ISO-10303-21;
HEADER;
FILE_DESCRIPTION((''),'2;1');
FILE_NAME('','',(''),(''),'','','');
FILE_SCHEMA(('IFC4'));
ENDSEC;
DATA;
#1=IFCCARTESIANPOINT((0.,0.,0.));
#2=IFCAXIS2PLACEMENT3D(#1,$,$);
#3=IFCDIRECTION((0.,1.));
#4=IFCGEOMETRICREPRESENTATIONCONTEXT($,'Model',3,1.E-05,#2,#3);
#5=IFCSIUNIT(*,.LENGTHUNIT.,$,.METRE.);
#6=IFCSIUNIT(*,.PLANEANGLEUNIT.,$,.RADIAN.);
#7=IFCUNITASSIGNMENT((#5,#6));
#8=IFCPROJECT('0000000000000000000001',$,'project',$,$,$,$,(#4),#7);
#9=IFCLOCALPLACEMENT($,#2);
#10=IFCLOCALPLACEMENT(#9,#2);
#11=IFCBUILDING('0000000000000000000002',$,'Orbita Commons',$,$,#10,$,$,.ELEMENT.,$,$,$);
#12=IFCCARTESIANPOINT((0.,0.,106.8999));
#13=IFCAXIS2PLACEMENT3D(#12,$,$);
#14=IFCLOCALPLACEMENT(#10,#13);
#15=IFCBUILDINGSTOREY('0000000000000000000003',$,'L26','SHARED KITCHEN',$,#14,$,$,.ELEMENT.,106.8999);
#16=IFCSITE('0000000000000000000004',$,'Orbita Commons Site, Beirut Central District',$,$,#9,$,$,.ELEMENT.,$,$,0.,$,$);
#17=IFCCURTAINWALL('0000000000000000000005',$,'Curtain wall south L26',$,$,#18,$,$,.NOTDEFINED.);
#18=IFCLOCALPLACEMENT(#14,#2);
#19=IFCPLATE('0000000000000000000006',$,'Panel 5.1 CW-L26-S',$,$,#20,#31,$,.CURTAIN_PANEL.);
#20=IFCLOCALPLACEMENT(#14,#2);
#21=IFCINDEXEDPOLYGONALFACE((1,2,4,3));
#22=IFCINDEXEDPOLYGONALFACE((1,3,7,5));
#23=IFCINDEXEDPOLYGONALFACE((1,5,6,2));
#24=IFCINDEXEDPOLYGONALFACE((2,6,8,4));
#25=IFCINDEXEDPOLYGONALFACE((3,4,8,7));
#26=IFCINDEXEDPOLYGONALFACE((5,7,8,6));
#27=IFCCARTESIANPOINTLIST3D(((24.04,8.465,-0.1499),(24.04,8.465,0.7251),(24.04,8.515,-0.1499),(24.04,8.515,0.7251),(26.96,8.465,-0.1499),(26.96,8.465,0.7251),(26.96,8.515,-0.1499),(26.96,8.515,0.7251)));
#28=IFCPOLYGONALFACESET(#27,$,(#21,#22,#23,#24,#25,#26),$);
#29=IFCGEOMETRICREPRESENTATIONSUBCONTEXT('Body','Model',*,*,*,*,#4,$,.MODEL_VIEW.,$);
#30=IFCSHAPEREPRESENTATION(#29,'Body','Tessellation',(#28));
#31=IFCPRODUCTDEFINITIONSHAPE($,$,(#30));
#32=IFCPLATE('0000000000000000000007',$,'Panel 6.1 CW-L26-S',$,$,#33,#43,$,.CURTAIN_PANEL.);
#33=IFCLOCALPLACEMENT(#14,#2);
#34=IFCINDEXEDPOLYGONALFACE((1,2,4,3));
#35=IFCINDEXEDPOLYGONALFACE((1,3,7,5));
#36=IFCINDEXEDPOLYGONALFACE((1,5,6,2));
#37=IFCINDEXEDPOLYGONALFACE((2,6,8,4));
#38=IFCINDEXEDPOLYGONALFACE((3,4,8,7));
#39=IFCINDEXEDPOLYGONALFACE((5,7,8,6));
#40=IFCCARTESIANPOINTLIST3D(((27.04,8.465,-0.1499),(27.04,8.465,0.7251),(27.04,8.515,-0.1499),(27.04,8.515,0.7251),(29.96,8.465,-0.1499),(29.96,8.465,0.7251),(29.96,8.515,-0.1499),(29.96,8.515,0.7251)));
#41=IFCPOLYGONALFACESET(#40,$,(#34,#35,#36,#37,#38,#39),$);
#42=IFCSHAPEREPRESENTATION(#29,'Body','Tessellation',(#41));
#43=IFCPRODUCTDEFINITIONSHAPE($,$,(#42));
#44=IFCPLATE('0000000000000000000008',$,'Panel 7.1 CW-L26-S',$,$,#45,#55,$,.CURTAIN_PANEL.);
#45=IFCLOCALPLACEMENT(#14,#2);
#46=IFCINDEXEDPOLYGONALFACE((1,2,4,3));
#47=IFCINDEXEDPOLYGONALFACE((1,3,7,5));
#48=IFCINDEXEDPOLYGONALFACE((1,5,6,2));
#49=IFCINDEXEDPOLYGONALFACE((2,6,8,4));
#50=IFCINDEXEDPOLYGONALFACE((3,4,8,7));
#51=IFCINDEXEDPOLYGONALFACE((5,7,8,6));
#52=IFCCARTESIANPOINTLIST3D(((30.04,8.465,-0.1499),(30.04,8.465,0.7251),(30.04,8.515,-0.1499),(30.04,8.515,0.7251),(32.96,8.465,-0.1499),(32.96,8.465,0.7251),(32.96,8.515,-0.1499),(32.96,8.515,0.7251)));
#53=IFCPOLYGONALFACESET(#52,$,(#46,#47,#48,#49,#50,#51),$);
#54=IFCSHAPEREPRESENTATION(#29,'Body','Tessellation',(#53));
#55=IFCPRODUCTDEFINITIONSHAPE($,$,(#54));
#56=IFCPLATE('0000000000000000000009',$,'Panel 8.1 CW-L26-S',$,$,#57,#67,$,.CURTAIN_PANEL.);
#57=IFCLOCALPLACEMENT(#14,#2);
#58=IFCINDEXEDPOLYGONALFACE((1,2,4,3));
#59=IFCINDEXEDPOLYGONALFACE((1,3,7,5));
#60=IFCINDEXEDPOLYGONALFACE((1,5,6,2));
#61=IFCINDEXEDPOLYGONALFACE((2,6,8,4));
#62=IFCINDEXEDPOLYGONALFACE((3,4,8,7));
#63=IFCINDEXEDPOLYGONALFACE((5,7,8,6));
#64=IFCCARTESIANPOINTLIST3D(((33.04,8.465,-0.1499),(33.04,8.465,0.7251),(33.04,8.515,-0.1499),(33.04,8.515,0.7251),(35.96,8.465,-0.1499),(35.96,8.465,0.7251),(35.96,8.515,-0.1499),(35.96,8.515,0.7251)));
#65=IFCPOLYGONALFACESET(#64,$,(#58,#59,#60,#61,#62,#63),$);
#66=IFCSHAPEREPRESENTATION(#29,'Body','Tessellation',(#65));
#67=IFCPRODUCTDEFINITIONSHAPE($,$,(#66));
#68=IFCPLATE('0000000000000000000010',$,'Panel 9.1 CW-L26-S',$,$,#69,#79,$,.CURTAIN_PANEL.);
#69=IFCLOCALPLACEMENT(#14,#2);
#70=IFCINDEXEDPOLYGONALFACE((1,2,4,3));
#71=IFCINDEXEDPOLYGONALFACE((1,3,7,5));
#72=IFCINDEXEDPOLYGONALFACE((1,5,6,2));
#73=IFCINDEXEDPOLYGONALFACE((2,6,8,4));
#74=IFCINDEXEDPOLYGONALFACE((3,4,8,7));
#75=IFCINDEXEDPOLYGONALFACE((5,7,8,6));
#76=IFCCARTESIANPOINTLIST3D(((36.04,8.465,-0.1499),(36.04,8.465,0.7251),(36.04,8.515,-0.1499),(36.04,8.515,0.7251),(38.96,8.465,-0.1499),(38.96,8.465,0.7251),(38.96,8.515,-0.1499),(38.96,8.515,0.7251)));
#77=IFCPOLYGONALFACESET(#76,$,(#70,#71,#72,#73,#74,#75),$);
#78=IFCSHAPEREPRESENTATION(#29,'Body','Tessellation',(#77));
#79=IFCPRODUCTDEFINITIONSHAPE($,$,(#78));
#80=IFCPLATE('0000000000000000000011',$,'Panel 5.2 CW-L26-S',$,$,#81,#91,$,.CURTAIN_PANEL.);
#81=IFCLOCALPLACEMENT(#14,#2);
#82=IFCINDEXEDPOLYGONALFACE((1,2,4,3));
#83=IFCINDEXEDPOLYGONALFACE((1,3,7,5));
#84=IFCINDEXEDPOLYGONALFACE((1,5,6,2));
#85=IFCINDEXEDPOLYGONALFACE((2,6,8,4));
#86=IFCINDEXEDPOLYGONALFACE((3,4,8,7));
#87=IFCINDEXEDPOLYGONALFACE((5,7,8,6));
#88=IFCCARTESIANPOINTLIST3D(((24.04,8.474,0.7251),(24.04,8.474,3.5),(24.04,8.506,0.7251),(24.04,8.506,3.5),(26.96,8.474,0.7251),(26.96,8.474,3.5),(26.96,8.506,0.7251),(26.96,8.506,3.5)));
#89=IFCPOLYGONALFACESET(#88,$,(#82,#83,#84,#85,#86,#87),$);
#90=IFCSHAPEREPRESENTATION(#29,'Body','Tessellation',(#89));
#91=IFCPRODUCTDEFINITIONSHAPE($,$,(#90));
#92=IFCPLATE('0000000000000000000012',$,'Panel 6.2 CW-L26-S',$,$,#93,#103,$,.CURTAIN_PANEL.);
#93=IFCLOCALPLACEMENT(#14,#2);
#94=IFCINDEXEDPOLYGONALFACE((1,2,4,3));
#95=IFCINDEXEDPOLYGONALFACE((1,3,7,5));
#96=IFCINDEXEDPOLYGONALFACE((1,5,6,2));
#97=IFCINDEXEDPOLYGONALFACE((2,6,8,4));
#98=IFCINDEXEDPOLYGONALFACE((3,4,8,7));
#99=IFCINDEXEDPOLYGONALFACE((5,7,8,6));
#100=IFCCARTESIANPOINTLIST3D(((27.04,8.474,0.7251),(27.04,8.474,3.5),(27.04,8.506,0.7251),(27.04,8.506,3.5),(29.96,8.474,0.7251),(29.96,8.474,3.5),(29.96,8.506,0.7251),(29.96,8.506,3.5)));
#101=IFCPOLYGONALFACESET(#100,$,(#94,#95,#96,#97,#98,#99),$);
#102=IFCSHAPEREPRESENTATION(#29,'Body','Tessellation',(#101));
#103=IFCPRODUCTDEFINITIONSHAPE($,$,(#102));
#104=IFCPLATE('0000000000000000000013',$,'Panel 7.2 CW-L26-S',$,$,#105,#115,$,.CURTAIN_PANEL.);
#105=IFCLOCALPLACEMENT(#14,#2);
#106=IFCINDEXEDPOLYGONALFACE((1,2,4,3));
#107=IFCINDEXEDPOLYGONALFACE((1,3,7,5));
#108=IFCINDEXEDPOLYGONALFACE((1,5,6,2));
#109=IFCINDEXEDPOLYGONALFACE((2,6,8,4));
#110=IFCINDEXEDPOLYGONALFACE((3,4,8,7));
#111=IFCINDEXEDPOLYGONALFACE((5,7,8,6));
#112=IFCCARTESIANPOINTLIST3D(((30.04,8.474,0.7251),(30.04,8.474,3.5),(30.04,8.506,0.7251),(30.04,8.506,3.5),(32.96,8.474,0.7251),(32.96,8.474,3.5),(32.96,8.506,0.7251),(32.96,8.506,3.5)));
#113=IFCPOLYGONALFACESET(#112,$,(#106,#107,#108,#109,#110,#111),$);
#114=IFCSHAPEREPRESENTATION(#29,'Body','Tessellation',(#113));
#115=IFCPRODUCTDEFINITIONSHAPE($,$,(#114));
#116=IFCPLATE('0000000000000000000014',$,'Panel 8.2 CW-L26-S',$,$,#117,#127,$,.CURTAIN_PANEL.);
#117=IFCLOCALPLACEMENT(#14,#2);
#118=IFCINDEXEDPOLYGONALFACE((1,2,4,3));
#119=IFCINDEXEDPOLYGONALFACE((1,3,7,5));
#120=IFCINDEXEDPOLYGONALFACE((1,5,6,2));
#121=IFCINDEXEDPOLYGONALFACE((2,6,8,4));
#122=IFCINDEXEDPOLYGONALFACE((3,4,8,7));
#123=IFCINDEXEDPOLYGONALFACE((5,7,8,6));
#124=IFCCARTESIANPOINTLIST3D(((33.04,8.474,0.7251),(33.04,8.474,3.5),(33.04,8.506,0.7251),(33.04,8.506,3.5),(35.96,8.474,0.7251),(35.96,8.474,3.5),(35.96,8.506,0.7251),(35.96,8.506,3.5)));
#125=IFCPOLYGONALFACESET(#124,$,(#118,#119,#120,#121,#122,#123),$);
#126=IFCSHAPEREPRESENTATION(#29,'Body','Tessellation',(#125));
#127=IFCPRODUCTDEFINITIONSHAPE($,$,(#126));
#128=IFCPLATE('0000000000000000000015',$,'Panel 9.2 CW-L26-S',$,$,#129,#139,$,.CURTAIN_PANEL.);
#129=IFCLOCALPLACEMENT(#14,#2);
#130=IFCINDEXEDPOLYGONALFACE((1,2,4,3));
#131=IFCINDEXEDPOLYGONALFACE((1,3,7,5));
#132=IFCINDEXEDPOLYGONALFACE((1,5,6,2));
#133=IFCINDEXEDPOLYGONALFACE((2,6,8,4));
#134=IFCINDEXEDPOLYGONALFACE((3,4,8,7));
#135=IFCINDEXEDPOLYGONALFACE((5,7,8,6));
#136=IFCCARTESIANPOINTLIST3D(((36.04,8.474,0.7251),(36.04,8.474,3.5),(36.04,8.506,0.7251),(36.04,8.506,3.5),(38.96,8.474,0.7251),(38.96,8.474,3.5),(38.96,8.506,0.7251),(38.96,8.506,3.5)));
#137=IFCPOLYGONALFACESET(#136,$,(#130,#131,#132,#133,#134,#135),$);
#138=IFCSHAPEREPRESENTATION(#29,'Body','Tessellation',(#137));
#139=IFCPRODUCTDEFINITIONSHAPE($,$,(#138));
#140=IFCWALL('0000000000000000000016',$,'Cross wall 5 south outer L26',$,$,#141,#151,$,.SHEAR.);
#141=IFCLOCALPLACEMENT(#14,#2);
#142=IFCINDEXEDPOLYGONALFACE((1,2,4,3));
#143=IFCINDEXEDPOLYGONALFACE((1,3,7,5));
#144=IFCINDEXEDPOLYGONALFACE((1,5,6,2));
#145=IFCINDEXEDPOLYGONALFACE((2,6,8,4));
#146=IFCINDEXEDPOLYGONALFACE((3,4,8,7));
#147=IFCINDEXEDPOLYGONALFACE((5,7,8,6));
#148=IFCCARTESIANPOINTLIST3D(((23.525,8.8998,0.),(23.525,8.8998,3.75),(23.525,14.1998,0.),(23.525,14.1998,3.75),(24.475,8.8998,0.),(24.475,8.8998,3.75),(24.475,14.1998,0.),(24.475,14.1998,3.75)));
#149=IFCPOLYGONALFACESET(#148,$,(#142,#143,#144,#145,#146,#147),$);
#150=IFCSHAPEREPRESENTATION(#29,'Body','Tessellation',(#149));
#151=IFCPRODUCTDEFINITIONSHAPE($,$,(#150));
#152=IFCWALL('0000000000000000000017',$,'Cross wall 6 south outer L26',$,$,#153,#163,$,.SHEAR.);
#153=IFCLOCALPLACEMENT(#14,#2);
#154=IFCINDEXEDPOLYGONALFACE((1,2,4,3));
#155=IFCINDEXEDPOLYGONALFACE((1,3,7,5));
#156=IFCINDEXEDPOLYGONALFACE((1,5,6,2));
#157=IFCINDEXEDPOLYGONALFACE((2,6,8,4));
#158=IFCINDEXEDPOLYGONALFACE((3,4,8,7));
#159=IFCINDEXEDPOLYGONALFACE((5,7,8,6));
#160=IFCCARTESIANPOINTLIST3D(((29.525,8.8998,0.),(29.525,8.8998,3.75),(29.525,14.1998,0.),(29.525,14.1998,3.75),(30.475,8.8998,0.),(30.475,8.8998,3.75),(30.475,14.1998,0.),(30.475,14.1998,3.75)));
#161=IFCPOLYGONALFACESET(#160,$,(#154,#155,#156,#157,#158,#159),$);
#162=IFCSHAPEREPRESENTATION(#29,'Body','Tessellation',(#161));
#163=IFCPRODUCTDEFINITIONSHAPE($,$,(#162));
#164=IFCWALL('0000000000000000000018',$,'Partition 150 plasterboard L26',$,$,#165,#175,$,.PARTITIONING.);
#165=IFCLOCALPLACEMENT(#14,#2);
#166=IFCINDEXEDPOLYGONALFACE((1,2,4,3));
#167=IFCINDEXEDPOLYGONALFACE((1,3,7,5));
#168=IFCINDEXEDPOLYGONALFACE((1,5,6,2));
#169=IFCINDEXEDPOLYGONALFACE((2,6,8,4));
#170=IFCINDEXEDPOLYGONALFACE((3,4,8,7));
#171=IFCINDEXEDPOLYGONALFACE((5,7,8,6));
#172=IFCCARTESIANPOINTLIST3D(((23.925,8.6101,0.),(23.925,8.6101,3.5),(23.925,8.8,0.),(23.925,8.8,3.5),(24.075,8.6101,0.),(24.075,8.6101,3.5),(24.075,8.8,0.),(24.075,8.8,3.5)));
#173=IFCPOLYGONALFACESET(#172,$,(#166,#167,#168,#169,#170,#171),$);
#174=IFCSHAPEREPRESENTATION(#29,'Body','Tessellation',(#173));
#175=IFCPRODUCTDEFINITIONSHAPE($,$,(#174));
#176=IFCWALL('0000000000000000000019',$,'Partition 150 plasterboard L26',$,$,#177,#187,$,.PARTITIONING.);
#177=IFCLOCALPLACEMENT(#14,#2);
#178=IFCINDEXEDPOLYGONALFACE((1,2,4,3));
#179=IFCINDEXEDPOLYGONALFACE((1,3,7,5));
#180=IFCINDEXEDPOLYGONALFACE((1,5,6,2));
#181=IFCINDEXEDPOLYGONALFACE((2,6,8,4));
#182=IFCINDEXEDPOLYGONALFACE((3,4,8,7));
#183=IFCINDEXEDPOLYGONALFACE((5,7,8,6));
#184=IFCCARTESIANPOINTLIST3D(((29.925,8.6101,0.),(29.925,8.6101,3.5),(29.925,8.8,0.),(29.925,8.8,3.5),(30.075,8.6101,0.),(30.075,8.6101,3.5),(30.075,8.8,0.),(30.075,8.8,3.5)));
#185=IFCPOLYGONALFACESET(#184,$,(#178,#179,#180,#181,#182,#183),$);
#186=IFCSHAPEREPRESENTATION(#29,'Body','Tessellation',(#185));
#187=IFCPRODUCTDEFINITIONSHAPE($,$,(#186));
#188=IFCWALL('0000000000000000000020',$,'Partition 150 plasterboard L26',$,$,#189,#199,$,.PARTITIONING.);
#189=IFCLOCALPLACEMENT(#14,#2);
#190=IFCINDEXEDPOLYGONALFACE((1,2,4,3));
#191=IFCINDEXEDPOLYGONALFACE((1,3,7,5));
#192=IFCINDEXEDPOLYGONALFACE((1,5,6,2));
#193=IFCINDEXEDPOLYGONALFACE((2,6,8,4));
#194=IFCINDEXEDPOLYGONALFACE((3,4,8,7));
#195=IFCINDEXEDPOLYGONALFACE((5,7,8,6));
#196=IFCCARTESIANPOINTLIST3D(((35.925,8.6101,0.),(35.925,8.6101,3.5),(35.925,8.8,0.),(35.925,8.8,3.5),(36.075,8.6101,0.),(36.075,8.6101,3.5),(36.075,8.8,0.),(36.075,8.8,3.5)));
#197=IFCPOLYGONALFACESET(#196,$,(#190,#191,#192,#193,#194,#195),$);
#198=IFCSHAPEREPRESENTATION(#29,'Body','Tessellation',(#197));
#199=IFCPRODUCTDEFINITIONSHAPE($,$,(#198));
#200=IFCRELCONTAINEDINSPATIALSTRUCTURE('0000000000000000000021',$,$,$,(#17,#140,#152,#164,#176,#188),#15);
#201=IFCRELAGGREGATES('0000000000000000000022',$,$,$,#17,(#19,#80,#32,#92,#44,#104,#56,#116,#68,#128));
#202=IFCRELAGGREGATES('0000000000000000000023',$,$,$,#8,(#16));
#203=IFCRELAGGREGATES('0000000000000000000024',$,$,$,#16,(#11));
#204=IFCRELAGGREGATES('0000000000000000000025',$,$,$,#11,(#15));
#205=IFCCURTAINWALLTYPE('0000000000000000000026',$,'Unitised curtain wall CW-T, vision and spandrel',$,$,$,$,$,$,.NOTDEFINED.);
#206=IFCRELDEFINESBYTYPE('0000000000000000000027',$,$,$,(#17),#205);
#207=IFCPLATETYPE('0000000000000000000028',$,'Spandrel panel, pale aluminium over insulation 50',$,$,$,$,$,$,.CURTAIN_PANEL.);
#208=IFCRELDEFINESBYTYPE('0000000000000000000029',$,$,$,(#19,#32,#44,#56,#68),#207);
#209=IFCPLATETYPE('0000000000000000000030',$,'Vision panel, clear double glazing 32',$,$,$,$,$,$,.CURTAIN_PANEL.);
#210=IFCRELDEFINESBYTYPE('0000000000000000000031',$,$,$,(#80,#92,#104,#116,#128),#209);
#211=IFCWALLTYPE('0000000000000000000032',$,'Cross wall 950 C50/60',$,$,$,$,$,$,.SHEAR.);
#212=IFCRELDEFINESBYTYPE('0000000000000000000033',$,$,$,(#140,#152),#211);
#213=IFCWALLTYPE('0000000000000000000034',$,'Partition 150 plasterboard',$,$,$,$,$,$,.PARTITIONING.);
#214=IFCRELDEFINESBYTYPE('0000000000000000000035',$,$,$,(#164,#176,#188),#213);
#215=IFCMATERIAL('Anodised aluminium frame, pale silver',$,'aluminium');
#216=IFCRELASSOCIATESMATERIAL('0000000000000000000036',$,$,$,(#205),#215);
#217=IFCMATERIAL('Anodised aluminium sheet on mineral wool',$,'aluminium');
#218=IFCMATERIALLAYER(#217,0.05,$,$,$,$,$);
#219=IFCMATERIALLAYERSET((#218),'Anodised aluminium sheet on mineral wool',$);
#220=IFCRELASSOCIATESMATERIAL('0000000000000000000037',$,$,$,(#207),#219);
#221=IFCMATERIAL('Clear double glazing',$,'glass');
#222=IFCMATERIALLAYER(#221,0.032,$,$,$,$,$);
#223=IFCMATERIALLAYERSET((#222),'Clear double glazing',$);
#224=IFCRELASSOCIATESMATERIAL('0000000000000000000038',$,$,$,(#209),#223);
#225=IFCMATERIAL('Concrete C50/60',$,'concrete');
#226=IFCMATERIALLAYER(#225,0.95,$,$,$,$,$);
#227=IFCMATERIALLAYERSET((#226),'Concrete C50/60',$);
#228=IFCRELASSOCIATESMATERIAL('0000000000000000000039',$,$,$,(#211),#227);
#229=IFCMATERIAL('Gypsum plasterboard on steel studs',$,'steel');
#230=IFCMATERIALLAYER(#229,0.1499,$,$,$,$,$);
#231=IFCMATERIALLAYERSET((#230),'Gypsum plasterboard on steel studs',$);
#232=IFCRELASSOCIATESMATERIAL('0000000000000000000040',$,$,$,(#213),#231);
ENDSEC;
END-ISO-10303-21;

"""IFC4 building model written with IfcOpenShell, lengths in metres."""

from ifc_helpers import new_model, si_unit, direction, frame, frame_2d, origin, origin_2d, place, context, subcontext, project, spatial, rectangle, extrude, material, layer, layer_set, type_object, element, aggregate, save


model = new_model("IFC4")

# Units and contexts
model_context = context("Model", 3, precision=1e-05, world=origin(), true_north=direction((0.0, 1.0)))
body_context = subcontext(model_context, "Body", "Model", "MODEL_VIEW")
ifc_project = project(units=[si_unit("LENGTHUNIT", "METRE"), si_unit("PLANEANGLEUNIT", "RADIAN")], contexts=[model_context])

# Site, building, storey
site_placement = place(None, origin())
site = spatial("IfcSite", under=ifc_project, at=site_placement, Name="Orbita Commons Site, Beirut Central District", CompositionType="ELEMENT", RefElevation=0.0)
building_placement = place(site_placement, origin())
building = spatial("IfcBuilding", under=site, at=building_placement, Name="Orbita Commons", CompositionType="ELEMENT")
storey_placement = place(building_placement, frame((0.0, 0.0, 106.8999)))
storey = spatial("IfcBuildingStorey", under=building, at=storey_placement, Name="L26", Description="SHARED KITCHEN", CompositionType="ELEMENT", Elevation=106.8999)

# Curtain wall, plates
ifc_material_1 = material(Name="Anodised aluminium frame, pale silver", Category="aluminium")
curtain_wall_type = type_object("IfcCurtainWallType", Name="Unitised curtain wall CW-T, vision and spandrel", PredefinedType="NOTDEFINED", material=ifc_material_1)
curtain_wall_placement = place(storey_placement, origin())
curtain_wall = element("IfcCurtainWall", 1, at=curtain_wall_placement, inside=storey, type_object=curtain_wall_type, Name="Curtain wall south L26", PredefinedType="NOTDEFINED")
ifc_material_2 = material(Name="Anodised aluminium sheet on mineral wool", Category="aluminium")
ifc_layer_1 = layer(ifc_material_2, 0.05)
ifc_layer_set_1 = layer_set([ifc_layer_1], Name="Anodised aluminium sheet on mineral wool")
plate_type_1 = type_object("IfcPlateType", Name="Spandrel panel, pale aluminium over insulation 50", PredefinedType="CURTAIN_PANEL", material=ifc_layer_set_1)
plate_1_placement = place(storey_placement, frame((25.5, 8.49, -0.1499), z_axis=(0.0, 0.0, 1.0), x_axis=(1.0, 0.0, 0.0)))
plate_1 = element("IfcPlate", 2, at=plate_1_placement, type_object=plate_type_1, Name="Panel 5.1 CW-L26-S", PredefinedType="CURTAIN_PANEL", context=body_context, shape_type="SweptSolid", body=[
    extrude(rectangle(XDim=2.9199, YDim=0.05, at=origin_2d()), origin(), (0.0, 0.0, 1.0), 0.875),
])
plate_2_placement = place(storey_placement, frame((28.5, 8.49, -0.1499), z_axis=(0.0, 0.0, 1.0), x_axis=(1.0, 0.0, 0.0)))
plate_2 = element("IfcPlate", 3, at=plate_2_placement, type_object=plate_type_1, Name="Panel 6.1 CW-L26-S", PredefinedType="CURTAIN_PANEL", context=body_context, shape_type="SweptSolid", body=[
    extrude(rectangle(XDim=2.9199, YDim=0.05, at=origin_2d()), origin(), (0.0, 0.0, 1.0), 0.875),
])
plate_3_placement = place(storey_placement, frame((31.5, 8.49, -0.1499), z_axis=(0.0, 0.0, 1.0), x_axis=(1.0, 0.0, 0.0)))
plate_3 = element("IfcPlate", 4, at=plate_3_placement, type_object=plate_type_1, Name="Panel 7.1 CW-L26-S", PredefinedType="CURTAIN_PANEL", context=body_context, shape_type="SweptSolid", body=[
    extrude(rectangle(XDim=2.9199, YDim=0.05, at=origin_2d()), origin(), (0.0, 0.0, 1.0), 0.875),
])
plate_4_placement = place(storey_placement, frame((34.5, 8.49, -0.1499), z_axis=(0.0, 0.0, 1.0), x_axis=(1.0, 0.0, 0.0)))
plate_4 = element("IfcPlate", 5, at=plate_4_placement, type_object=plate_type_1, Name="Panel 8.1 CW-L26-S", PredefinedType="CURTAIN_PANEL", context=body_context, shape_type="SweptSolid", body=[
    extrude(rectangle(XDim=2.9199, YDim=0.05, at=origin_2d()), origin(), (0.0, 0.0, 1.0), 0.875),
])
plate_5_placement = place(storey_placement, frame((37.5, 8.49, -0.1499), z_axis=(0.0, 0.0, 1.0), x_axis=(1.0, 0.0, 0.0)))
plate_5 = element("IfcPlate", 6, at=plate_5_placement, type_object=plate_type_1, Name="Panel 9.1 CW-L26-S", PredefinedType="CURTAIN_PANEL", context=body_context, shape_type="SweptSolid", body=[
    extrude(rectangle(XDim=2.9199, YDim=0.05, at=origin_2d()), origin(), (0.0, 0.0, 1.0), 0.875),
])
ifc_material_3 = material(Name="Clear double glazing", Category="glass")
ifc_layer_2 = layer(ifc_material_3, 0.032)
ifc_layer_set_2 = layer_set([ifc_layer_2], Name="Clear double glazing")
plate_type_2 = type_object("IfcPlateType", Name="Vision panel, clear double glazing 32", PredefinedType="CURTAIN_PANEL", material=ifc_layer_set_2)
plate_6_placement = place(storey_placement, frame((25.5, 8.49, 0.7251), z_axis=(0.0, 0.0, 1.0), x_axis=(1.0, 0.0, 0.0)))
plate_6 = element("IfcPlate", 7, at=plate_6_placement, type_object=plate_type_2, Name="Panel 5.2 CW-L26-S", PredefinedType="CURTAIN_PANEL", context=body_context, shape_type="SweptSolid", body=[
    extrude(rectangle(XDim=2.9199, YDim=0.032, at=origin_2d()), origin(), (0.0, 0.0, 1.0), 2.7749),
])
plate_7_placement = place(storey_placement, frame((28.5, 8.49, 0.7251), z_axis=(0.0, 0.0, 1.0), x_axis=(1.0, 0.0, 0.0)))
plate_7 = element("IfcPlate", 8, at=plate_7_placement, type_object=plate_type_2, Name="Panel 6.2 CW-L26-S", PredefinedType="CURTAIN_PANEL", context=body_context, shape_type="SweptSolid", body=[
    extrude(rectangle(XDim=2.9199, YDim=0.032, at=origin_2d()), origin(), (0.0, 0.0, 1.0), 2.7749),
])
plate_8_placement = place(storey_placement, frame((31.5, 8.49, 0.7251), z_axis=(0.0, 0.0, 1.0), x_axis=(1.0, 0.0, 0.0)))
plate_8 = element("IfcPlate", 9, at=plate_8_placement, type_object=plate_type_2, Name="Panel 7.2 CW-L26-S", PredefinedType="CURTAIN_PANEL", context=body_context, shape_type="SweptSolid", body=[
    extrude(rectangle(XDim=2.9199, YDim=0.032, at=origin_2d()), origin(), (0.0, 0.0, 1.0), 2.7749),
])
plate_9_placement = place(storey_placement, frame((34.5, 8.49, 0.7251), z_axis=(0.0, 0.0, 1.0), x_axis=(1.0, 0.0, 0.0)))
plate_9 = element("IfcPlate", 10, at=plate_9_placement, type_object=plate_type_2, Name="Panel 8.2 CW-L26-S", PredefinedType="CURTAIN_PANEL", context=body_context, shape_type="SweptSolid", body=[
    extrude(rectangle(XDim=2.9199, YDim=0.032, at=origin_2d()), origin(), (0.0, 0.0, 1.0), 2.7749),
])
plate_10_placement = place(storey_placement, frame((37.5, 8.49, 0.7251), z_axis=(0.0, 0.0, 1.0), x_axis=(1.0, 0.0, 0.0)))
plate_10 = element("IfcPlate", 11, at=plate_10_placement, type_object=plate_type_2, Name="Panel 9.2 CW-L26-S", PredefinedType="CURTAIN_PANEL", context=body_context, shape_type="SweptSolid", body=[
    extrude(rectangle(XDim=2.9199, YDim=0.032, at=origin_2d()), origin(), (0.0, 0.0, 1.0), 2.7749),
])
aggregate(curtain_wall, [plate_1, plate_6, plate_2, plate_7, plate_3, plate_8, plate_4, plate_9, plate_5, plate_10])

# Walls
ifc_material_4 = material(Name="Concrete C50/60", Category="concrete")
ifc_layer_3 = layer(ifc_material_4, 0.95)
ifc_layer_set_3 = layer_set([ifc_layer_3], Name="Concrete C50/60")
wall_type_1 = type_object("IfcWallType", Name="Cross wall 950 C50/60", PredefinedType="SHEAR", material=ifc_layer_set_3)
for number, where, z_axis, x_axis, name in (
    (12, (24.0, 8.8999, 0.0), (0.0, 0.0, 1.0), (0.0, 1.0, 0.0), "Cross wall 5 south outer L26"),
    (13, (30.0, 8.8999, 0.0), (0.0, 0.0, 1.0), (0.0, 1.0, 0.0), "Cross wall 6 south outer L26"),
):
    element("IfcWall", number, at=place(storey_placement, frame(where, z_axis=z_axis, x_axis=x_axis)), inside=storey, type_object=wall_type_1, Name=name, PredefinedType="SHEAR", context=body_context, shape_type="SweptSolid", body=[
        extrude(rectangle(XDim=5.3, YDim=0.95, at=frame_2d((2.6499, 0.0))), origin(), (0.0, 0.0, 1.0), 3.75),
    ])
ifc_material_5 = material(Name="Gypsum plasterboard on steel studs", Category="steel")
ifc_layer_4 = layer(ifc_material_5, 0.1499)
ifc_layer_set_4 = layer_set([ifc_layer_4], Name="Gypsum plasterboard on steel studs")
wall_type_2 = type_object("IfcWallType", Name="Partition 150 plasterboard", PredefinedType="PARTITIONING", material=ifc_layer_set_4)
for number, where, z_axis, x_axis, name in (
    (14, (24.0, 8.8, 0.0), (0.0, 0.0, 1.0), (0.0, -1.0, 0.0), "Partition 150 plasterboard L26"),
    (15, (30.0, 8.8, 0.0), (0.0, 0.0, 1.0), (0.0, -1.0, 0.0), "Partition 150 plasterboard L26"),
    (16, (36.0, 8.8, 0.0), (0.0, 0.0, 1.0), (0.0, -1.0, 0.0), "Partition 150 plasterboard L26"),
):
    element("IfcWall", number, at=place(storey_placement, frame(where, z_axis=z_axis, x_axis=x_axis)), inside=storey, type_object=wall_type_2, Name=name, PredefinedType="PARTITIONING", context=body_context, shape_type="SweptSolid", body=[
        extrude(rectangle(XDim=0.1899, YDim=0.1499, at=frame_2d((0.095, 0.0))), origin(), (0.0, 0.0, 1.0), 3.5),
    ])

save(model, "model.ifc")
